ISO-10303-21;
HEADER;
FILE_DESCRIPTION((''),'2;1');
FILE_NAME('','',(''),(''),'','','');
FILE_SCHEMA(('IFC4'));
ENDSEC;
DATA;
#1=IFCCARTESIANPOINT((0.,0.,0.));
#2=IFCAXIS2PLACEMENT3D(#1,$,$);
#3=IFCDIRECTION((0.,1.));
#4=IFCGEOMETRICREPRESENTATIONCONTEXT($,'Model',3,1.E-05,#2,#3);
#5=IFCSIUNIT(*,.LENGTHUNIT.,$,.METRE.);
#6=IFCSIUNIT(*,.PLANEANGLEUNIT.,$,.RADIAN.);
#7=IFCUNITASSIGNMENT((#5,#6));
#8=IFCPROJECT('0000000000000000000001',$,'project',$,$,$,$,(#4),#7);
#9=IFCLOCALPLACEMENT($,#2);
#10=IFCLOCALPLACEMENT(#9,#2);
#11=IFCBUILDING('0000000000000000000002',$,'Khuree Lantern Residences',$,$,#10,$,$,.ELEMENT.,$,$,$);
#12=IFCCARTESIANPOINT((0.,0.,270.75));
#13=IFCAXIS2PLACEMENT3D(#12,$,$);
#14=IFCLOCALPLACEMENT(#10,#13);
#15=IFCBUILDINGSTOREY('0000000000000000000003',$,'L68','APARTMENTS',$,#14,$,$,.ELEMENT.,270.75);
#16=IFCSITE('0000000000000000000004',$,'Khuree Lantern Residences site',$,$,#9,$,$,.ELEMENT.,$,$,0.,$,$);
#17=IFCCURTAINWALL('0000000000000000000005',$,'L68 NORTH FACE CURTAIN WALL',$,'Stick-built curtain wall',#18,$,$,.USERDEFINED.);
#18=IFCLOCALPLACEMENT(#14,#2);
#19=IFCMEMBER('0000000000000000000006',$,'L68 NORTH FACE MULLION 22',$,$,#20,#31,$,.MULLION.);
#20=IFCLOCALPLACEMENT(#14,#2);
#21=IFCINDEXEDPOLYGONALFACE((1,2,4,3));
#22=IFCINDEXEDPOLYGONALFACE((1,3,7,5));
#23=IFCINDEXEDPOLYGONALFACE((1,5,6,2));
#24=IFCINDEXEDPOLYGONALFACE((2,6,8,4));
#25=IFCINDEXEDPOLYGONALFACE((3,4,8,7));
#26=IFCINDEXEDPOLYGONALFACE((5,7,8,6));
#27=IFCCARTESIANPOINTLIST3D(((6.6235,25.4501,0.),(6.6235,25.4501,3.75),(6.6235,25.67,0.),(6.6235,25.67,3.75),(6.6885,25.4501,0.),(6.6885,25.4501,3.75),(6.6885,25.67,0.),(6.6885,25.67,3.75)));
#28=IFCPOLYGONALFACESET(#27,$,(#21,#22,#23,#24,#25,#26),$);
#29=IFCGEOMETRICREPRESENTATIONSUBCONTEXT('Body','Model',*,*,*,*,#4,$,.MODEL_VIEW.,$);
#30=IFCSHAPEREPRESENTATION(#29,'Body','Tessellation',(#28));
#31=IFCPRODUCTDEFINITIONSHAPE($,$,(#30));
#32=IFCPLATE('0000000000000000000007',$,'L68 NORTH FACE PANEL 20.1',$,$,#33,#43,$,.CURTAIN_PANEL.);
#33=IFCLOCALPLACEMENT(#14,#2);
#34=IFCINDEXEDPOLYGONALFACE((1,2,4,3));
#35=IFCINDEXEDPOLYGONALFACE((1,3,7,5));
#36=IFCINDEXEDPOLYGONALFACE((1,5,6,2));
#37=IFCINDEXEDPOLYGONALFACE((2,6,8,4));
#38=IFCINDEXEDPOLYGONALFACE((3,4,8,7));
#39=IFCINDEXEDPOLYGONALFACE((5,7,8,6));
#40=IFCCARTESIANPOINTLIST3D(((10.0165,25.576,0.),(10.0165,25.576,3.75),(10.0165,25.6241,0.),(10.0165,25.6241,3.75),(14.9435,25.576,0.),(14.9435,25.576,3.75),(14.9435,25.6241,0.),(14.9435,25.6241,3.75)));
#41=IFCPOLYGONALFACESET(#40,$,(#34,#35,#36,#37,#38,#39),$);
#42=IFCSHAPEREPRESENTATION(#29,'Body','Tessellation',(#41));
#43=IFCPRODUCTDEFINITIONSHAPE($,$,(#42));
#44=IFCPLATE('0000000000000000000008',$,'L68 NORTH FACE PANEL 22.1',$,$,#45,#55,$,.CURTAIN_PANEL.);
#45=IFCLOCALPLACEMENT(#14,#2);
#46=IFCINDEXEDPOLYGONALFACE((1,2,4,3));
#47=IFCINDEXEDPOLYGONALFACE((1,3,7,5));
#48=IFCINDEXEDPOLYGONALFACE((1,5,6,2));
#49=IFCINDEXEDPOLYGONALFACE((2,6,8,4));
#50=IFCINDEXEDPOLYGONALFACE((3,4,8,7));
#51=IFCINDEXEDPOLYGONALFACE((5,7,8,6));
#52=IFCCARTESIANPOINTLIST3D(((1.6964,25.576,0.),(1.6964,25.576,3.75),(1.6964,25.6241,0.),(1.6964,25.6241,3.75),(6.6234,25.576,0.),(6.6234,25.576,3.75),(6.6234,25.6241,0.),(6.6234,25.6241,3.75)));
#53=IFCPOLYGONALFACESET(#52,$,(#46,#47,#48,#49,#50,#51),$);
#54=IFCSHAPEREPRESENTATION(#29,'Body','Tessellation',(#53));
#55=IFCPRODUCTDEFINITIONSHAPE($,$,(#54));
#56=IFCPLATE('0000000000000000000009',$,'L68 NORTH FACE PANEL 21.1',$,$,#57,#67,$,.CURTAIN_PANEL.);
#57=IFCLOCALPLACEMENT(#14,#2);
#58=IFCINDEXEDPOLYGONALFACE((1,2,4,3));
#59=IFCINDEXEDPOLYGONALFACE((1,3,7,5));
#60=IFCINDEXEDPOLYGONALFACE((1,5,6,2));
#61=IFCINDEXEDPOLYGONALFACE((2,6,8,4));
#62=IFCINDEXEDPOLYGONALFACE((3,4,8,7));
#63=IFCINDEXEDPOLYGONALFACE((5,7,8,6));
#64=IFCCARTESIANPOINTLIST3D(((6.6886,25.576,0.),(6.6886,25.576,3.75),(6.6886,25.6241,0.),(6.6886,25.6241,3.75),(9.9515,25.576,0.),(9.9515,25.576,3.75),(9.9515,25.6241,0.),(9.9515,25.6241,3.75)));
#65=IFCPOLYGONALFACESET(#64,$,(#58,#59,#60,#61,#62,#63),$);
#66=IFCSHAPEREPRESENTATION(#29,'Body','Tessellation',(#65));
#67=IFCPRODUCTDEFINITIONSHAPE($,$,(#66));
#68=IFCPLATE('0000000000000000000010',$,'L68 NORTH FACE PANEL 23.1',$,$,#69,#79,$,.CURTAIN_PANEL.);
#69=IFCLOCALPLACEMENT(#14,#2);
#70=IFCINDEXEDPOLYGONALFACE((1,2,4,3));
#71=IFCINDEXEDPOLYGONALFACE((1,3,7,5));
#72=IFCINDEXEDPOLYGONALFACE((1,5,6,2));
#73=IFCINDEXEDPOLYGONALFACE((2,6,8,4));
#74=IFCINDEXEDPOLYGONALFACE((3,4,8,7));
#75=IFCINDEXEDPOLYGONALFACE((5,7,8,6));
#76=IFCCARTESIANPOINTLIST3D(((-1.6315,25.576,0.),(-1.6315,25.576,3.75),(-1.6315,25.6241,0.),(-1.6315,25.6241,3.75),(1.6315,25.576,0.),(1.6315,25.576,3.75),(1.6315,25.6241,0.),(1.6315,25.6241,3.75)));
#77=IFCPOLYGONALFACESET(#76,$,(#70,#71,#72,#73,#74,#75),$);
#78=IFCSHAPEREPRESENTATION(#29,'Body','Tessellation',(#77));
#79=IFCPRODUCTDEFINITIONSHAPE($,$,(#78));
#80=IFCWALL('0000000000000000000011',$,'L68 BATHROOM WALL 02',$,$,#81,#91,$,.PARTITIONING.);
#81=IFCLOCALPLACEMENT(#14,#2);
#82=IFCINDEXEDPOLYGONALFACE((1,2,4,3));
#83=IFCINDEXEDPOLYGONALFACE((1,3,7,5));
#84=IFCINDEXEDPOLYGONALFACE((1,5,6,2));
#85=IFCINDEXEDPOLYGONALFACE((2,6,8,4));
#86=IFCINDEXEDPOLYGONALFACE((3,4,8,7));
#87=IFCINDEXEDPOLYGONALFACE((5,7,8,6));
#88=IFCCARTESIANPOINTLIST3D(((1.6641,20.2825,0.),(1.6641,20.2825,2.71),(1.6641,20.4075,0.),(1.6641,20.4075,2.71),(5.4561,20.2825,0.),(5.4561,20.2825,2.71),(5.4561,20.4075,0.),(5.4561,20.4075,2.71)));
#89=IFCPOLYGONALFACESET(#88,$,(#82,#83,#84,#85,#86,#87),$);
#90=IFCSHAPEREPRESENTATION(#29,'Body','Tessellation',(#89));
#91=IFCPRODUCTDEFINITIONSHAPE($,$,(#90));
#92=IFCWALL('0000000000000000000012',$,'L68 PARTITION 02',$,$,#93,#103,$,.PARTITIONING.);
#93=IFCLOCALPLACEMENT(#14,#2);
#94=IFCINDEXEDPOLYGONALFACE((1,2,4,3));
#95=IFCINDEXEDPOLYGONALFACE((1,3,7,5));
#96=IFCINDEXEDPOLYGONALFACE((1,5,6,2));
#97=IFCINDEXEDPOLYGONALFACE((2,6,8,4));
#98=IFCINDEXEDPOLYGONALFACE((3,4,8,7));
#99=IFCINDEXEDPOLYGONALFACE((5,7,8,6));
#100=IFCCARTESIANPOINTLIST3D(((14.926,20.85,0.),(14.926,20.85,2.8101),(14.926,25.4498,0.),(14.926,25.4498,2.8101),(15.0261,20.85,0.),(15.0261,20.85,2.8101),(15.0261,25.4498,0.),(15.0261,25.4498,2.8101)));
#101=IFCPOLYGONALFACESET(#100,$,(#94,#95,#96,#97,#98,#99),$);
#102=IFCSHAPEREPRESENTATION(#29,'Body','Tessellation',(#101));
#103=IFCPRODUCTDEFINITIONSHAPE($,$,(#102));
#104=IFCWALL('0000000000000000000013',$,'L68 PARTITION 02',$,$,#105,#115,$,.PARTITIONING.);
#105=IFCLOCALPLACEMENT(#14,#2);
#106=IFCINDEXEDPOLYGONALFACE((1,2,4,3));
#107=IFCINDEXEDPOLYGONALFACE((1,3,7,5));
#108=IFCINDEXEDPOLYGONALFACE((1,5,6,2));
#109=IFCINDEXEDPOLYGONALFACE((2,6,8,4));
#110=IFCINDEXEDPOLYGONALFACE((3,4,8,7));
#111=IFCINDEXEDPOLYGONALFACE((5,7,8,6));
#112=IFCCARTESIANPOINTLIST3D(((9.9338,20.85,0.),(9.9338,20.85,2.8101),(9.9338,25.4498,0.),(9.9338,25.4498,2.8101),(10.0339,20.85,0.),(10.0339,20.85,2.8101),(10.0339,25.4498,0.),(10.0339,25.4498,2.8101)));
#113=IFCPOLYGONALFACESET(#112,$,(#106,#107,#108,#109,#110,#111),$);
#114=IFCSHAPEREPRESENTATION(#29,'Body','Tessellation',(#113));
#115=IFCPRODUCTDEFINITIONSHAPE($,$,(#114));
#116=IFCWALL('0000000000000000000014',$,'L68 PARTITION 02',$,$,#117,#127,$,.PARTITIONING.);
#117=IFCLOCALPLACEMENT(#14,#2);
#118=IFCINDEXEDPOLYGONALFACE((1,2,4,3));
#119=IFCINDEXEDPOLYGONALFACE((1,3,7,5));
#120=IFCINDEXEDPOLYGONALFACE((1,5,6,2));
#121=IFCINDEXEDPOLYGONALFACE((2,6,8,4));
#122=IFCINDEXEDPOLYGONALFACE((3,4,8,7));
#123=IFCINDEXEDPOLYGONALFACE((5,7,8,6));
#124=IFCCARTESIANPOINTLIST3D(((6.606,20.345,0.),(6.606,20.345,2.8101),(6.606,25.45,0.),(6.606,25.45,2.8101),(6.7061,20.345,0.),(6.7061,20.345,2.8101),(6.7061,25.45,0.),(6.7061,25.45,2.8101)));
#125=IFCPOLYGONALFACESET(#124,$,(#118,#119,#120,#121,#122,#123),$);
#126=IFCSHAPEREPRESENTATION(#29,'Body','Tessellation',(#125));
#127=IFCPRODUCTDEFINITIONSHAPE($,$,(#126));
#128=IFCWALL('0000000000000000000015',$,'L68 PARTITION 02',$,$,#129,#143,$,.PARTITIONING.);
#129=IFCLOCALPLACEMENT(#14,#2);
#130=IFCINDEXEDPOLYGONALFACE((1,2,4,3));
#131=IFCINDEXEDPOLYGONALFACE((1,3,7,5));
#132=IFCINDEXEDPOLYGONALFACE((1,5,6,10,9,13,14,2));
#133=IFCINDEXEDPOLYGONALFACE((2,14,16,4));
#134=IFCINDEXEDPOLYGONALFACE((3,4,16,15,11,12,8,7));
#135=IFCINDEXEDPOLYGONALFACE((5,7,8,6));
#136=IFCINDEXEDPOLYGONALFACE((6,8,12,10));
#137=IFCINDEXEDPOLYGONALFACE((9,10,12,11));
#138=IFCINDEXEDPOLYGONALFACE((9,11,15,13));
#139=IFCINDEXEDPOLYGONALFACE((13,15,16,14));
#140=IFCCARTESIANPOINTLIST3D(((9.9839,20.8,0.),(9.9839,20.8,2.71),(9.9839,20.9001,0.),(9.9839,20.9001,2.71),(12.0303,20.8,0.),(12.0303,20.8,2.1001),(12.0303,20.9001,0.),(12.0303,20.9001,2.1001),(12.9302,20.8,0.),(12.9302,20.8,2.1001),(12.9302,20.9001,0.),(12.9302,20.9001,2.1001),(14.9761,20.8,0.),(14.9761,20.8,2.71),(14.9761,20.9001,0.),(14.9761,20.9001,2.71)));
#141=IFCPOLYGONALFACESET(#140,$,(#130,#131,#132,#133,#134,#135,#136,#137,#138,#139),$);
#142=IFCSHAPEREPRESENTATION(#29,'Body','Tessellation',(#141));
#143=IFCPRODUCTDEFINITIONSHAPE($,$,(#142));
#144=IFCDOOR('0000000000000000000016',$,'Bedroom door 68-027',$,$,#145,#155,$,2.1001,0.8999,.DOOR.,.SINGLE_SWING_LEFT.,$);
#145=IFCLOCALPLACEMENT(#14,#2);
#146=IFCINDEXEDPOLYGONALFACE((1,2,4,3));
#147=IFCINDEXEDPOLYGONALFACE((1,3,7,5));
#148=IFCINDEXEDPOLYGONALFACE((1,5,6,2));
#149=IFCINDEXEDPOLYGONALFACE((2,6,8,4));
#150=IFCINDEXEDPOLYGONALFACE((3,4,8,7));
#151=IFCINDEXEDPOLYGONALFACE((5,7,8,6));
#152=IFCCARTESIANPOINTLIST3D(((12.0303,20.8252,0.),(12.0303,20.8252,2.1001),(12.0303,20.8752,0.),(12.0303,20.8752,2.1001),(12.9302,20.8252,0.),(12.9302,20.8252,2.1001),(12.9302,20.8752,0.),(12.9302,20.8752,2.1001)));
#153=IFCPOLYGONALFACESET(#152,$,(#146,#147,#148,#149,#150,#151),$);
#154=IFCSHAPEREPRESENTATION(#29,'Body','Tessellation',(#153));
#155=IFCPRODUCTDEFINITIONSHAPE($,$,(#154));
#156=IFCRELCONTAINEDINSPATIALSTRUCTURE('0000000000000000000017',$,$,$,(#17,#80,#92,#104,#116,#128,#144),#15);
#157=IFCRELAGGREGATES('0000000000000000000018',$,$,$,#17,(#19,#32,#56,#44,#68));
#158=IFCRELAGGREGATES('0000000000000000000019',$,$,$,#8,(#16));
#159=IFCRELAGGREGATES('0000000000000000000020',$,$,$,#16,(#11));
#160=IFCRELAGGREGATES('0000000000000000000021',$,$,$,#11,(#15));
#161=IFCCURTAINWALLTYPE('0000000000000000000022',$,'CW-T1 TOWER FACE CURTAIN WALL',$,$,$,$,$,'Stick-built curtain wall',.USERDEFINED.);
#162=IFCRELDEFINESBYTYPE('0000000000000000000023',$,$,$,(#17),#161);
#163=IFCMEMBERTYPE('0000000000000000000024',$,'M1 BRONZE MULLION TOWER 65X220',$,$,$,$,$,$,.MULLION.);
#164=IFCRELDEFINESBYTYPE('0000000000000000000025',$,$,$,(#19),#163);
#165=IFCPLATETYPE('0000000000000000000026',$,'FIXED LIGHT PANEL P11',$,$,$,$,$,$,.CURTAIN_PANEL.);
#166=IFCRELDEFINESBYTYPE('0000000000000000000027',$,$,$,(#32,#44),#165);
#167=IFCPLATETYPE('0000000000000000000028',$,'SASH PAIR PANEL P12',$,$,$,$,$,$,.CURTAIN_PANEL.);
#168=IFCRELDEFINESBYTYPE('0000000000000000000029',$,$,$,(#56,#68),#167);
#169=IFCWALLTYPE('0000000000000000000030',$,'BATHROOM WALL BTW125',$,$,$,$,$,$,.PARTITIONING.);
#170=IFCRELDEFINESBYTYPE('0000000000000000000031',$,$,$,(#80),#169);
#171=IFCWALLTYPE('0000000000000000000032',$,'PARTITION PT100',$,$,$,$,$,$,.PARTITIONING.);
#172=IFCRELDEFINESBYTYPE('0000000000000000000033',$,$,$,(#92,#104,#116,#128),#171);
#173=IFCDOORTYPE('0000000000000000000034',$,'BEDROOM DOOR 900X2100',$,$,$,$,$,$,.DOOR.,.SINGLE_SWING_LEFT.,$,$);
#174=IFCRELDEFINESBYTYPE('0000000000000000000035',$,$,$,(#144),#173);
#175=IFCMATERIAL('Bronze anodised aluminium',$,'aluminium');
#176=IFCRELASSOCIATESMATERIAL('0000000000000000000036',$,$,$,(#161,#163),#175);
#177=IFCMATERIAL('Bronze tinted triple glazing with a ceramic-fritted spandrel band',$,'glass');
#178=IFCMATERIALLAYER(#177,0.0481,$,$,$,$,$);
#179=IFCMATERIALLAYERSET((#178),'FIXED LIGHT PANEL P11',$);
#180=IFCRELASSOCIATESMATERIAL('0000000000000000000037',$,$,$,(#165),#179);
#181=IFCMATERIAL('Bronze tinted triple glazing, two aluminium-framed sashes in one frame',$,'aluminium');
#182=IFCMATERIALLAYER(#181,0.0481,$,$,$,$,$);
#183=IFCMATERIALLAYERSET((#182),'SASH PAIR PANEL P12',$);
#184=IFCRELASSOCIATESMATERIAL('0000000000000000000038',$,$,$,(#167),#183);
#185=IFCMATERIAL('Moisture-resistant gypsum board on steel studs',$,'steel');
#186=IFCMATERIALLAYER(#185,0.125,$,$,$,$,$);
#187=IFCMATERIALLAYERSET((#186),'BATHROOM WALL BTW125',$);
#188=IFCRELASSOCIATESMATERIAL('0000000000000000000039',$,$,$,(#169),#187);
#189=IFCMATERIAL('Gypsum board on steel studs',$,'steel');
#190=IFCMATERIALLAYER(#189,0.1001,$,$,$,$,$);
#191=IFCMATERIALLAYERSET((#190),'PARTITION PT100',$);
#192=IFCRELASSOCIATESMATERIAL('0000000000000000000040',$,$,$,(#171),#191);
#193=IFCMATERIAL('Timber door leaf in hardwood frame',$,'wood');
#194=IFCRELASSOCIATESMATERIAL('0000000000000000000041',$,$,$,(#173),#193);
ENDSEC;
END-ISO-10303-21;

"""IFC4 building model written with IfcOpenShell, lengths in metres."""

from ifc_helpers import new_model, si_unit, direction, frame, frame_2d, origin, origin_2d, place, context, subcontext, project, spatial, rectangle, extrude, material, layer, layer_set, material_profile, profile_set, type_object, element, fill, aggregate, save


model = new_model("IFC4")

# Units and contexts
model_context = context("Model", 3, precision=1e-05, world=origin(), true_north=direction((0.0, 1.0)))
body_context = subcontext(model_context, "Body", "Model", "MODEL_VIEW")
ifc_project = project(units=[si_unit("LENGTHUNIT", "METRE"), si_unit("PLANEANGLEUNIT", "RADIAN")], contexts=[model_context])

# Site, building, storey
site_placement = place(None, origin())
site = spatial("IfcSite", under=ifc_project, at=site_placement, Name="Khuree Lantern Residences site", CompositionType="ELEMENT", RefElevation=0.0)
building_placement = place(site_placement, origin())
building = spatial("IfcBuilding", under=site, at=building_placement, Name="Khuree Lantern Residences", CompositionType="ELEMENT")
storey_placement = place(building_placement, frame((0.0, 0.0, 270.75)))
storey = spatial("IfcBuildingStorey", under=building, at=storey_placement, Name="L68", Description="APARTMENTS", CompositionType="ELEMENT", Elevation=270.75)

# Curtain wall
ifc_material_1 = material(Name="Bronze anodised aluminium", Category="aluminium")
curtain_wall_type = type_object("IfcCurtainWallType", Name="CW-T1 TOWER FACE CURTAIN WALL", ElementType="Stick-built curtain wall", PredefinedType="USERDEFINED", material=ifc_material_1)
curtain_wall_placement = place(storey_placement, origin())
curtain_wall = element("IfcCurtainWall", 1, at=curtain_wall_placement, inside=storey, type_object=curtain_wall_type, Name="L68 NORTH FACE CURTAIN WALL", ObjectType="Stick-built curtain wall", PredefinedType="USERDEFINED")

# Member
ifc_material_profile_1 = material_profile(ifc_material_1, rectangle(XDim=0.0649, YDim=0.22, at=origin_2d()), Name="M1 65X220")
ifc_profile_set_1 = profile_set([ifc_material_profile_1], Name="Bronze anodised aluminium")
member_type_1 = type_object("IfcMemberType", Name="M1 BRONZE MULLION TOWER 65X220", PredefinedType="MULLION", material=ifc_profile_set_1)
member_1_placement = place(storey_placement, frame((6.656, 25.5601, 0.0), z_axis=(0.0, 0.0, 1.0), x_axis=(-1.0, 0.0, 0.0)))
member_1 = element("IfcMember", 2, at=member_1_placement, type_object=member_type_1, Name="L68 NORTH FACE MULLION 22", PredefinedType="MULLION", context=body_context, shape_type="SweptSolid", body=[
    extrude(rectangle(XDim=0.0649, YDim=0.22, at=origin_2d()), origin(), (0.0, 0.0, 1.0), 3.75),
])

# Plates
ifc_material_2 = material(Name="Bronze tinted triple glazing with a ceramic-fritted spandrel band", Category="glass")
ifc_layer_1 = layer(ifc_material_2, 0.0481)
ifc_layer_set_1 = layer_set([ifc_layer_1], Name="FIXED LIGHT PANEL P11")
plate_type_1 = type_object("IfcPlateType", Name="FIXED LIGHT PANEL P11", PredefinedType="CURTAIN_PANEL", material=ifc_layer_set_1)
plate_1_placement = place(storey_placement, frame((12.48, 25.6001, 0.0), z_axis=(0.0, 0.0, 1.0), x_axis=(-1.0, 0.0, 0.0)))
plate_1 = element("IfcPlate", 3, at=plate_1_placement, type_object=plate_type_1, Name="L68 NORTH FACE PANEL 20.1", PredefinedType="CURTAIN_PANEL", context=body_context, shape_type="SweptSolid", body=[
    extrude(rectangle(XDim=4.927, YDim=0.0481, at=origin_2d()), origin(), (0.0, 0.0, 1.0), 3.75),
])
plate_2_placement = place(storey_placement, frame((4.1599, 25.6001, 0.0), z_axis=(0.0, 0.0, 1.0), x_axis=(-1.0, 0.0, 0.0)))
plate_2 = element("IfcPlate", 4, at=plate_2_placement, type_object=plate_type_1, Name="L68 NORTH FACE PANEL 22.1", PredefinedType="CURTAIN_PANEL", context=body_context, shape_type="SweptSolid", body=[
    extrude(rectangle(XDim=4.927, YDim=0.0481, at=origin_2d()), origin(), (0.0, 0.0, 1.0), 3.75),
])
ifc_material_3 = material(Name="Bronze tinted triple glazing, two aluminium-framed sashes in one frame", Category="aluminium")
ifc_layer_2 = layer(ifc_material_3, 0.0481)
ifc_layer_set_2 = layer_set([ifc_layer_2], Name="SASH PAIR PANEL P12")
plate_type_2 = type_object("IfcPlateType", Name="SASH PAIR PANEL P12", PredefinedType="CURTAIN_PANEL", material=ifc_layer_set_2)
plate_3_placement = place(storey_placement, frame((8.3201, 25.6001, 0.0), z_axis=(0.0, 0.0, 1.0), x_axis=(-1.0, 0.0, 0.0)))
plate_3 = element("IfcPlate", 5, at=plate_3_placement, type_object=plate_type_2, Name="L68 NORTH FACE PANEL 21.1", PredefinedType="CURTAIN_PANEL", context=body_context, shape_type="SweptSolid", body=[
    extrude(rectangle(XDim=3.2629, YDim=0.0481, at=origin_2d()), origin(), (0.0, 0.0, 1.0), 3.75),
])
plate_4_placement = place(storey_placement, frame((0.0, 25.6001, 0.0), z_axis=(0.0, 0.0, 1.0), x_axis=(-1.0, 0.0, 0.0)))
plate_4 = element("IfcPlate", 6, at=plate_4_placement, type_object=plate_type_2, Name="L68 NORTH FACE PANEL 23.1", PredefinedType="CURTAIN_PANEL", context=body_context, shape_type="SweptSolid", body=[
    extrude(rectangle(XDim=3.2629, YDim=0.0481, at=origin_2d()), origin(), (0.0, 0.0, 1.0), 3.75),
])
aggregate(curtain_wall, [member_1, plate_1, plate_3, plate_2, plate_4])

# Walls
ifc_material_4 = material(Name="Moisture-resistant gypsum board on steel studs", Category="steel")
ifc_layer_3 = layer(ifc_material_4, 0.125)
ifc_layer_set_3 = layer_set([ifc_layer_3], Name="BATHROOM WALL BTW125")
wall_type_1 = type_object("IfcWallType", Name="BATHROOM WALL BTW125", PredefinedType="PARTITIONING", material=ifc_layer_set_3)
wall_1_placement = place(storey_placement, frame((5.4561, 20.345, 0.0), z_axis=(0.0, 0.0, 1.0), x_axis=(-1.0, 0.0, 0.0)))
element("IfcWall", 7, at=wall_1_placement, inside=storey, type_object=wall_type_1, Name="L68 BATHROOM WALL 02", PredefinedType="PARTITIONING", context=body_context, shape_type="SweptSolid", body=[
    extrude(rectangle(XDim=3.792, YDim=0.125, at=frame_2d((1.896, 0.0))), origin(), (0.0, 0.0, 1.0), 2.71),
])
ifc_material_5 = material(Name="Gypsum board on steel studs", Category="steel")
ifc_layer_4 = layer(ifc_material_5, 0.1001)
ifc_layer_set_4 = layer_set([ifc_layer_4], Name="PARTITION PT100")
wall_type_2 = type_object("IfcWallType", Name="PARTITION PT100", PredefinedType="PARTITIONING", material=ifc_layer_set_4)
for number, where, z_axis, x_axis, name in (
    (8, (14.9761, 20.8501, 0.0), (0.0, 0.0, 1.0), (0.0, 1.0, 0.0), "L68 PARTITION 02"),
    (9, (9.9839, 20.8501, 0.0), (0.0, 0.0, 1.0), (0.0, 1.0, 0.0), "L68 PARTITION 02"),
):
    element("IfcWall", number, at=place(storey_placement, frame(where, z_axis=z_axis, x_axis=x_axis)), inside=storey, type_object=wall_type_2, Name=name, PredefinedType="PARTITIONING", context=body_context, shape_type="SweptSolid", body=[
        extrude(rectangle(XDim=4.5999, YDim=0.1001, at=frame_2d((2.2998, 0.0))), origin(), (0.0, 0.0, 1.0), 2.8101),
    ])
wall_2_placement = place(storey_placement, frame((6.656, 20.345, 0.0), z_axis=(0.0, 0.0, 1.0), x_axis=(0.0, 1.0, 0.0)))
element("IfcWall", 10, at=wall_2_placement, inside=storey, type_object=wall_type_2, Name="L68 PARTITION 02", PredefinedType="PARTITIONING", context=body_context, shape_type="SweptSolid", body=[
    extrude(rectangle(XDim=5.105, YDim=0.1001, at=frame_2d((2.5525, 0.0))), origin(), (0.0, 0.0, 1.0), 2.8101),
])

# Wall, opening, door
wall_3_placement = place(storey_placement, frame((14.9761, 20.8501, 0.0), z_axis=(0.0, 0.0, 1.0), x_axis=(-1.0, 0.0, 0.0)))
wall_3 = element("IfcWall", 11, at=wall_3_placement, inside=storey, type_object=wall_type_2, Name="L68 PARTITION 02", PredefinedType="PARTITIONING", context=body_context, shape_type="SweptSolid", body=[
    extrude(rectangle(XDim=4.9922, YDim=0.1001, at=frame_2d((2.4961, 0.0))), origin(), (0.0, 0.0, 1.0), 2.71),
])
opening_1_placement = place(wall_3_placement, frame((2.0459, 0.0, 0.0)))
opening_1 = element("IfcOpeningElement", 12, at=opening_1_placement, cuts=wall_3, PredefinedType="OPENING", context=body_context, shape_type="SweptSolid", body=[
    extrude(rectangle(XDim=0.8999, YDim=2.1001, at=frame_2d((0.45, 1.05))), frame((0.0, 0.0601, 0.0), z_axis=(0.0, -1.0, 0.0), x_axis=(1.0, 0.0, 0.0)), (0.0, 0.0, 1.0), 0.1201),
])
ifc_material_6 = material(Name="Timber door leaf in hardwood frame", Category="wood")
door_type_1 = type_object("IfcDoorType", Name="BEDROOM DOOR 900X2100", OperationType="SINGLE_SWING_LEFT", PredefinedType="DOOR", material=ifc_material_6)
door_1_placement = place(opening_1_placement, origin())
door_1 = element("IfcDoor", 13, at=door_1_placement, inside=storey, type_object=door_type_1, Name="Bedroom door 68-027", OperationType="SINGLE_SWING_LEFT", OverallHeight=2.1001, OverallWidth=0.8999, PredefinedType="DOOR", context=body_context, shape_type="SweptSolid", body=[
    extrude(rectangle(XDim=0.8999, YDim=2.1001, at=frame_2d((0.45, 1.05))), frame((0.0, 0.0249, 0.0), z_axis=(0.0, -1.0, 0.0), x_axis=(1.0, 0.0, 0.0)), (0.0, 0.0, 1.0), 0.05),
])
fill(opening_1, door_1)

save(model, "model.ifc")
